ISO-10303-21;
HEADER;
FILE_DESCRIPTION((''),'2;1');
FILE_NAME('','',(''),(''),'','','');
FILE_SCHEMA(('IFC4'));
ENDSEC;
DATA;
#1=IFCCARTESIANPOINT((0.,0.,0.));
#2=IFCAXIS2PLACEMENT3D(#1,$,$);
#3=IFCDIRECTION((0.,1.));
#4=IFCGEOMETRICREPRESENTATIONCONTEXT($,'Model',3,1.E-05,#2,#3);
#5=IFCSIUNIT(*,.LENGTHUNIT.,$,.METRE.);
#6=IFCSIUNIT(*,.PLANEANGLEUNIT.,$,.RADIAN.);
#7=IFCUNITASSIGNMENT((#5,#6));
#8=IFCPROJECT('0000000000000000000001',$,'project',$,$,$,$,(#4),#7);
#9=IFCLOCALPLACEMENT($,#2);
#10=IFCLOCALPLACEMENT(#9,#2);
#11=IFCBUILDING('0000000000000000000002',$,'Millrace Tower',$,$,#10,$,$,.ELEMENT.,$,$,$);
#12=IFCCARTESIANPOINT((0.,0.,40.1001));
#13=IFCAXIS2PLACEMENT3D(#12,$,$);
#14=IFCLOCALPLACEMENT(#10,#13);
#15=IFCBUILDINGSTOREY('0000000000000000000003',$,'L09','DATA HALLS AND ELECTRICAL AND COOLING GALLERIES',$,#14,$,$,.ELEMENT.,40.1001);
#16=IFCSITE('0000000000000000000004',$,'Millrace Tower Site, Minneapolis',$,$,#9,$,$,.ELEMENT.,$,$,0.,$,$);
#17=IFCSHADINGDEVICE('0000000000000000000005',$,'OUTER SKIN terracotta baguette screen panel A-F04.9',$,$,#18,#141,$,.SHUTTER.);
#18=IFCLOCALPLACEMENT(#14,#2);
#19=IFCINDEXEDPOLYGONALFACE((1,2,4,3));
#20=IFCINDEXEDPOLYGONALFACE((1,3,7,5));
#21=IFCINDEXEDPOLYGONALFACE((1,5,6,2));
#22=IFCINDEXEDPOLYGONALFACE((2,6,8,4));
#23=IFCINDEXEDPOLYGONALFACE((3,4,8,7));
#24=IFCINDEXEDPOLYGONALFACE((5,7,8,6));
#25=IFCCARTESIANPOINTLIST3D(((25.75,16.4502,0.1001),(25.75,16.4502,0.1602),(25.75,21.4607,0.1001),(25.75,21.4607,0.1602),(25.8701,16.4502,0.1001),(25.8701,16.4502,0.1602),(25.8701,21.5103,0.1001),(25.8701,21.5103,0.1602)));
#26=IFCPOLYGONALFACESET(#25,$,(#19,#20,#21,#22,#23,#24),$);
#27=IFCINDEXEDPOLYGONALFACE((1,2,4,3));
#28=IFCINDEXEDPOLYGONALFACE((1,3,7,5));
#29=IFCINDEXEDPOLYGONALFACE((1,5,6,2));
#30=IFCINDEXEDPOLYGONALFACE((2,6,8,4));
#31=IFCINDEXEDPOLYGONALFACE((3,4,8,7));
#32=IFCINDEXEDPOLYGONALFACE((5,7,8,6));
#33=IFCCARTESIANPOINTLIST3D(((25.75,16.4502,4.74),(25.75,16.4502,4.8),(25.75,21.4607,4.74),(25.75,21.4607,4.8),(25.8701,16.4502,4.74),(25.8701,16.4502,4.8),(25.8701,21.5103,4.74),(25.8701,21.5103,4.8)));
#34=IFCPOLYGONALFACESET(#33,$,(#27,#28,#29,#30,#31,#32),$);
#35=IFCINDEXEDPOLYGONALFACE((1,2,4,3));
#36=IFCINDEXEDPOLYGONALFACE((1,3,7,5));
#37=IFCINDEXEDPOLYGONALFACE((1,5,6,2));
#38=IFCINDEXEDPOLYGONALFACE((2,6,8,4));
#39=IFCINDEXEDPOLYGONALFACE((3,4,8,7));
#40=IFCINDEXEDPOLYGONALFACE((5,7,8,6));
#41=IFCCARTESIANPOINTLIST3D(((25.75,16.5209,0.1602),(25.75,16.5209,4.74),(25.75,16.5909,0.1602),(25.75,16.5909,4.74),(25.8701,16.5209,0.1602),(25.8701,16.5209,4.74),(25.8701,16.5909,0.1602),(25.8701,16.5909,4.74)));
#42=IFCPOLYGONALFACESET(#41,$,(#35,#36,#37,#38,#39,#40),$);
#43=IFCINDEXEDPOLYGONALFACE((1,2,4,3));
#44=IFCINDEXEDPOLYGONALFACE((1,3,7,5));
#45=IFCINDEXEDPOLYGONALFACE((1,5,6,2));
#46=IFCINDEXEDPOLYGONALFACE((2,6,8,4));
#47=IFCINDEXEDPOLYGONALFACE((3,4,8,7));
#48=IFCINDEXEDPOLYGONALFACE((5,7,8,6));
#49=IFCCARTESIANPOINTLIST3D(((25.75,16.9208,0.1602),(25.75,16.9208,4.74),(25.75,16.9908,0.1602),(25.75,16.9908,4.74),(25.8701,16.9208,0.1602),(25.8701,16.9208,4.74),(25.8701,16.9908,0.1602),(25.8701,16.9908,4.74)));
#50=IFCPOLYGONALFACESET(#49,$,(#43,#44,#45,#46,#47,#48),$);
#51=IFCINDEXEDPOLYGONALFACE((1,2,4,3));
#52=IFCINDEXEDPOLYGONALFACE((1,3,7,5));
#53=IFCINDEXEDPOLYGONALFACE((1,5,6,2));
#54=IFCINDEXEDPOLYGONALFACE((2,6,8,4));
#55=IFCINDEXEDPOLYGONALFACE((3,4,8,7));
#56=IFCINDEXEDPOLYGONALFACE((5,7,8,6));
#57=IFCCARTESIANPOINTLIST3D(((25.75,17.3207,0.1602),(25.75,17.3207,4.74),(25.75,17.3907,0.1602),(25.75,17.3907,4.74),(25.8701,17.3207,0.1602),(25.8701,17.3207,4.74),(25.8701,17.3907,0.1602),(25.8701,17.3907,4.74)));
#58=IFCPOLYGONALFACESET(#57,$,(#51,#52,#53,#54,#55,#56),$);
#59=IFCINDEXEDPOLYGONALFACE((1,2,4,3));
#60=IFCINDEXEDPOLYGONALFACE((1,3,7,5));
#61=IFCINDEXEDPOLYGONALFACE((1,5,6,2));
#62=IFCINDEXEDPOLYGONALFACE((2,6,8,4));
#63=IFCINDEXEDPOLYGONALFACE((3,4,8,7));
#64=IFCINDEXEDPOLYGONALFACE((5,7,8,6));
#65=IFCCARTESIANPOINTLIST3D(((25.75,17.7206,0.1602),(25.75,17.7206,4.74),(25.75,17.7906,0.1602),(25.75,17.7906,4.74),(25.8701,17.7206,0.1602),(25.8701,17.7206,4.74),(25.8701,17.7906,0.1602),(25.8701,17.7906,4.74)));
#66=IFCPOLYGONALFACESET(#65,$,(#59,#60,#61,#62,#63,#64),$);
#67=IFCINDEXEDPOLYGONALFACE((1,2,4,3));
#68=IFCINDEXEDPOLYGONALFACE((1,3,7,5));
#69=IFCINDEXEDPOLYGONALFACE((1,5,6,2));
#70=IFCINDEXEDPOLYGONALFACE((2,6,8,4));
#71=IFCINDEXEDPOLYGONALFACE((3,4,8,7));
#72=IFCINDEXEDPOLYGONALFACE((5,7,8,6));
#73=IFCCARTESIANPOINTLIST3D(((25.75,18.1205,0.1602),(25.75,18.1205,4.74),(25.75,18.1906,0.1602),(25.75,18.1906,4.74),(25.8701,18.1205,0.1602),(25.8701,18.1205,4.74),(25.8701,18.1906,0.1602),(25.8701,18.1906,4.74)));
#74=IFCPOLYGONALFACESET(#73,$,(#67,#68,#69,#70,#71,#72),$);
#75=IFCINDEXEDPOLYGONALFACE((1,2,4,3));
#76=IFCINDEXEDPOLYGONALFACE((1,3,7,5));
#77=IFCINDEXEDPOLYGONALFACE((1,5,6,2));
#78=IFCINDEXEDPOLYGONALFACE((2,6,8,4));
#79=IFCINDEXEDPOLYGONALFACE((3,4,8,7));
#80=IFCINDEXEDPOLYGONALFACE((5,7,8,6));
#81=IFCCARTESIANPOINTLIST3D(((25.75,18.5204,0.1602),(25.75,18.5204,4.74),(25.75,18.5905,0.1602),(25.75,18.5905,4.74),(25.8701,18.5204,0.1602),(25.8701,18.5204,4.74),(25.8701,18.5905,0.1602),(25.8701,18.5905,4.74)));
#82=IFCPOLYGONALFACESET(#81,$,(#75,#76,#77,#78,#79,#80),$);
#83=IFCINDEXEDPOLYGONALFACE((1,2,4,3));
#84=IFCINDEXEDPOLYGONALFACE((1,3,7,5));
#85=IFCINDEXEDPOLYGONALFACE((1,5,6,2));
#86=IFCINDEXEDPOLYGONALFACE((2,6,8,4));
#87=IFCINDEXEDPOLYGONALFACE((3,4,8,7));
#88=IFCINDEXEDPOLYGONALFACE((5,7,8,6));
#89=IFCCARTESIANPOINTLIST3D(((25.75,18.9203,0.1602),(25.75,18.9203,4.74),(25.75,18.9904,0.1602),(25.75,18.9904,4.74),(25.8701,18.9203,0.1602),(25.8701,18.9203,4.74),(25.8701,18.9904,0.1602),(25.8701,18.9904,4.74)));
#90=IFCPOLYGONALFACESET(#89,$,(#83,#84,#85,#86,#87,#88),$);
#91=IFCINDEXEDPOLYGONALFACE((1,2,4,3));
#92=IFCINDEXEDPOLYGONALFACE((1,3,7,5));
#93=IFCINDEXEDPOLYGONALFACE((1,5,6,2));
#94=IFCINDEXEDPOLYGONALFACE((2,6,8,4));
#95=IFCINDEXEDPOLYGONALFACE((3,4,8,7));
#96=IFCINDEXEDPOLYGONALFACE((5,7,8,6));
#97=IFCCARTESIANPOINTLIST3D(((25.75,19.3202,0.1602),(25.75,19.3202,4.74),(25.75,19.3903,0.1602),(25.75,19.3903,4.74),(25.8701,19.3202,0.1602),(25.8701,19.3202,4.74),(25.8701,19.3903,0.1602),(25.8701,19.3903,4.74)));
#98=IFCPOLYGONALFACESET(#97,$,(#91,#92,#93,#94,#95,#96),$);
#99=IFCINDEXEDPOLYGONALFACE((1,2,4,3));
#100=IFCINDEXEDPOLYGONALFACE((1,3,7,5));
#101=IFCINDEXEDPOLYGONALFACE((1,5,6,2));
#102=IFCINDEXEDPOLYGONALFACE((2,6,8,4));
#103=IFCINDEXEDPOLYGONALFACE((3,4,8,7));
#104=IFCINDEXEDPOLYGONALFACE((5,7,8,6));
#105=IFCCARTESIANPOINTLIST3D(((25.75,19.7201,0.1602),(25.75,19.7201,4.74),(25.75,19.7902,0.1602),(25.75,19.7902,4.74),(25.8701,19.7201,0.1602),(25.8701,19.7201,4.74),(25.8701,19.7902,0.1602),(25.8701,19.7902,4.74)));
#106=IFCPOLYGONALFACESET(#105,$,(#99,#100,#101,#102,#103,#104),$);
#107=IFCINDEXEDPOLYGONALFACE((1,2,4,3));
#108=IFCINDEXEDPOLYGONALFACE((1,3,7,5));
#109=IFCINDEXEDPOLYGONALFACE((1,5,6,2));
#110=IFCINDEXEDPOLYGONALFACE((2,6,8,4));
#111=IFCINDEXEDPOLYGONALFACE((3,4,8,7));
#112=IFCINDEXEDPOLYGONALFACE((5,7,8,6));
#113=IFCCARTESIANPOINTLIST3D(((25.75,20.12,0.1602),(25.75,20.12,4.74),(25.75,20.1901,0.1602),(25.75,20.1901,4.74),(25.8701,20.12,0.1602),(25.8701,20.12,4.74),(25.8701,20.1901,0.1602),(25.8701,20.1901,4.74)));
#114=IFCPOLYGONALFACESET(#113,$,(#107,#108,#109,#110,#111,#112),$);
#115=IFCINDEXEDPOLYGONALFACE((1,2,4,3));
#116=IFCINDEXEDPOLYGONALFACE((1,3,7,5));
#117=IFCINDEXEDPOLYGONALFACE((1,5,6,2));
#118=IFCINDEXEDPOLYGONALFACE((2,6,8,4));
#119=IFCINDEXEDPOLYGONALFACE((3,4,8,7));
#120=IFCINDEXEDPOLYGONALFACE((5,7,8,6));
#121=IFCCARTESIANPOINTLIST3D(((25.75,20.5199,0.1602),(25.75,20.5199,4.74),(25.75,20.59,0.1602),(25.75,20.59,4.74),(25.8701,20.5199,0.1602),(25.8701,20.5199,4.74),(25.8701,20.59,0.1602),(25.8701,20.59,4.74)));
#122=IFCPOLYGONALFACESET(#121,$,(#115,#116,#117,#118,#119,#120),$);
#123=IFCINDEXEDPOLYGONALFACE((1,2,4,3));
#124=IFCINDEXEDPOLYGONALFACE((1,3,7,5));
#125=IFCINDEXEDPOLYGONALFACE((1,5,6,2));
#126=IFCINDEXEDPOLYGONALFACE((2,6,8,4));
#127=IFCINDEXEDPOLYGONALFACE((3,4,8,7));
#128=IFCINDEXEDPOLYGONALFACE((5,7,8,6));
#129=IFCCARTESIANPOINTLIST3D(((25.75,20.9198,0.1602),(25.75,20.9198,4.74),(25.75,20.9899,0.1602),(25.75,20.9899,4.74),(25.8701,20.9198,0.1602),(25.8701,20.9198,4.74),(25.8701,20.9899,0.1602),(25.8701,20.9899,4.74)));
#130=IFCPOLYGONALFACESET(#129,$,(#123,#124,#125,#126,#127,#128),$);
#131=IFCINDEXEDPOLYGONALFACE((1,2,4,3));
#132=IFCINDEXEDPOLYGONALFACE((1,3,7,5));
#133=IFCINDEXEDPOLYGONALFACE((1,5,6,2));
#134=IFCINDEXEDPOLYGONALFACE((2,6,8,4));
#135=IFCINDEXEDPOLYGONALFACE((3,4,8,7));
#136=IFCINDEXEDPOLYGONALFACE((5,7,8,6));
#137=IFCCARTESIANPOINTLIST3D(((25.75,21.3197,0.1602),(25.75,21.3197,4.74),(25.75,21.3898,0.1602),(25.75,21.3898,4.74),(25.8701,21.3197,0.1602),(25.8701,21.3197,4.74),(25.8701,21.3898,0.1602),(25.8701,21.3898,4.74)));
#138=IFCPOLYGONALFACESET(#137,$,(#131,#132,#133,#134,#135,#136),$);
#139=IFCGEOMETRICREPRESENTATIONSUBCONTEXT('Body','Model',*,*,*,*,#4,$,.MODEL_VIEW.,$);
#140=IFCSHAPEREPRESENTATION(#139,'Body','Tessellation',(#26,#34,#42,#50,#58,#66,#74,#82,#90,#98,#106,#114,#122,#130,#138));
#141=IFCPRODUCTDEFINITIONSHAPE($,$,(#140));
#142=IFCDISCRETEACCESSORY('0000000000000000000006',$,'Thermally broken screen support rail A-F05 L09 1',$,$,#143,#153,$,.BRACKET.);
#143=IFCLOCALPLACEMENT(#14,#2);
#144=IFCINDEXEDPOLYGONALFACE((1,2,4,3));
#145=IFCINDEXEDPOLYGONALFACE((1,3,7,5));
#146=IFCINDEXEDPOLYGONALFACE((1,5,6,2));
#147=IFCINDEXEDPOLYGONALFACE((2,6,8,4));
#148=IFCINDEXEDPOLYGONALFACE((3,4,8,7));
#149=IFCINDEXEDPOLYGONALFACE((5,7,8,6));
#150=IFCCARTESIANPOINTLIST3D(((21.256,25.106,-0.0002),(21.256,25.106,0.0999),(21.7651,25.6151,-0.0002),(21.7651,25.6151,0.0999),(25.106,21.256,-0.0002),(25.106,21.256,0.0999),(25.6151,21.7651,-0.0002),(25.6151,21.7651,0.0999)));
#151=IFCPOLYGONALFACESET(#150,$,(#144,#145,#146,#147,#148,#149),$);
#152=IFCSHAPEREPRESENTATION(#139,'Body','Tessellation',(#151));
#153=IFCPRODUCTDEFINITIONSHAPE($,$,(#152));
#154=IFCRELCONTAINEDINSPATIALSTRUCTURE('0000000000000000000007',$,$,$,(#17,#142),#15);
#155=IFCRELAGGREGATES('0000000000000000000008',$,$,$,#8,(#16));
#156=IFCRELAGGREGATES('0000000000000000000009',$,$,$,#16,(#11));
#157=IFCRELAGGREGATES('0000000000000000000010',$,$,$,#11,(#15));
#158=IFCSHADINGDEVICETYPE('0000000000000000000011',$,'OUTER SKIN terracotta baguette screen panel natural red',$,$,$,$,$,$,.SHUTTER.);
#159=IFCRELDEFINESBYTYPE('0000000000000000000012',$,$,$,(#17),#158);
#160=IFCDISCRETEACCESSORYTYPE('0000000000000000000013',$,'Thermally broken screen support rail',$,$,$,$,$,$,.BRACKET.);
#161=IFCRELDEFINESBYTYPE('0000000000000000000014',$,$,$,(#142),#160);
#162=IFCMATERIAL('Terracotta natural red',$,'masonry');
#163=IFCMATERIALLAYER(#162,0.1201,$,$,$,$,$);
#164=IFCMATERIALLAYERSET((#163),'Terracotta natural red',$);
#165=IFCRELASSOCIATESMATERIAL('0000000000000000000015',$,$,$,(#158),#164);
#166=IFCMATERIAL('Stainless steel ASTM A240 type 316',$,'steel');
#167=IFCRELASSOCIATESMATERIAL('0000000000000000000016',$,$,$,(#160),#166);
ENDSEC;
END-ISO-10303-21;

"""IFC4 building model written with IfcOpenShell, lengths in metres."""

from ifc_helpers import new_model, entity, si_unit, direction, frame, frame_2d, origin, origin_2d, place, context, subcontext, project, spatial, rectangle, extrude, source, transform, mapped, material, layer, layer_set, type_object, element, save


model = new_model("IFC4")

# Units and contexts
model_context = context("Model", 3, precision=1e-05, world=origin(), true_north=direction((0.0, 1.0)))
body_context = subcontext(model_context, "Body", "Model", "MODEL_VIEW")
ifc_project = project(units=[si_unit("LENGTHUNIT", "METRE"), si_unit("PLANEANGLEUNIT", "RADIAN")], contexts=[model_context])

# Site, building, storey
site_placement = place(None, origin())
site = spatial("IfcSite", under=ifc_project, at=site_placement, Name="Millrace Tower Site, Minneapolis", CompositionType="ELEMENT", RefElevation=0.0)
building_placement = place(site_placement, origin())
building = spatial("IfcBuilding", under=site, at=building_placement, Name="Millrace Tower", CompositionType="ELEMENT")
storey_placement = place(building_placement, frame((0.0, 0.0, 40.1001)))
storey = spatial("IfcBuildingStorey", under=building, at=storey_placement, Name="L09", Description="DATA HALLS AND ELECTRICAL AND COOLING GALLERIES", CompositionType="ELEMENT", Elevation=40.1001)

# Shading device
ifc_material_1 = material(Name="Terracotta natural red", Category="masonry")
ifc_layer_1 = layer(ifc_material_1, 0.1201)
ifc_layer_set_1 = layer_set([ifc_layer_1], Name="Terracotta natural red")
shading_device_type_1 = type_object("IfcShadingDeviceType", Name="OUTER SKIN terracotta baguette screen panel natural red", PredefinedType="SHUTTER", material=ifc_layer_set_1)
cartesian_point_1 = entity("IfcCartesianPoint", [-2.5176, 0.0601])
shared_polyline_1 = entity("IfcPolyline", [cartesian_point_1, entity("IfcCartesianPoint", [2.4929, 0.0601]), entity("IfcCartesianPoint", [2.5425, -0.0601]), entity("IfcCartesianPoint", [-2.5176, -0.0601]), cartesian_point_1])
shared_shape_1 = source(origin(), body_context, "Body", "SweptSolid", [
    entity("IfcExtrudedAreaSolid", entity("IfcArbitraryClosedProfileDef", "AREA", None, shared_polyline_1), entity("IfcAxis2Placement3D", entity("IfcCartesianPoint", [0.0, 0.0, 0.0])), entity("IfcDirection", [0.0, 0.0, 1.0]), 0.0601),
    entity("IfcExtrudedAreaSolid", entity("IfcArbitraryClosedProfileDef", "AREA", None, shared_polyline_1), entity("IfcAxis2Placement3D", entity("IfcCartesianPoint", [0.0, 0.0, 4.6399])), entity("IfcDirection", [0.0, 0.0, 1.0]), 0.0601),
    extrude(rectangle(XDim=0.0701, YDim=0.1201, at=frame_2d((-2.4119, 0.0))), frame((0.0, 0.0, 0.0601)), (0.0, 0.0, 1.0), 4.5798),
    extrude(rectangle(XDim=0.0701, YDim=0.1201, at=frame_2d((-2.012, 0.0))), frame((0.0, 0.0, 0.0601)), (0.0, 0.0, 1.0), 4.5798),
    extrude(rectangle(XDim=0.0701, YDim=0.1201, at=frame_2d((-1.6121, 0.0))), frame((0.0, 0.0, 0.0601)), (0.0, 0.0, 1.0), 4.5798),
    extrude(rectangle(XDim=0.0701, YDim=0.1201, at=frame_2d((-1.2122, 0.0))), frame((0.0, 0.0, 0.0601)), (0.0, 0.0, 1.0), 4.5798),
    extrude(rectangle(XDim=0.0701, YDim=0.1201, at=frame_2d((-0.8123, 0.0))), frame((0.0, 0.0, 0.0601)), (0.0, 0.0, 1.0), 4.5798),
    extrude(rectangle(XDim=0.0701, YDim=0.1201, at=frame_2d((-0.4124, 0.0))), frame((0.0, 0.0, 0.0601)), (0.0, 0.0, 1.0), 4.5798),
    extrude(rectangle(XDim=0.0701, YDim=0.1201, at=frame_2d((-0.0125, 0.0))), frame((0.0, 0.0, 0.0601)), (0.0, 0.0, 1.0), 4.5798),
    extrude(rectangle(XDim=0.0701, YDim=0.1201, at=frame_2d((0.3875, 0.0))), frame((0.0, 0.0, 0.0601)), (0.0, 0.0, 1.0), 4.5798),
    extrude(rectangle(XDim=0.0701, YDim=0.1201, at=frame_2d((0.7874, 0.0))), frame((0.0, 0.0, 0.0601)), (0.0, 0.0, 1.0), 4.5798),
    extrude(rectangle(XDim=0.0701, YDim=0.1201, at=frame_2d((1.1873, 0.0))), frame((0.0, 0.0, 0.0601)), (0.0, 0.0, 1.0), 4.5798),
    extrude(rectangle(XDim=0.0701, YDim=0.1201, at=frame_2d((1.5872, 0.0))), frame((0.0, 0.0, 0.0601)), (0.0, 0.0, 1.0), 4.5798),
    extrude(rectangle(XDim=0.0701, YDim=0.1201, at=frame_2d((1.9871, 0.0))), frame((0.0, 0.0, 0.0601)), (0.0, 0.0, 1.0), 4.5798),
    extrude(rectangle(XDim=0.0701, YDim=0.1201, at=frame_2d((2.387, 0.0))), frame((0.0, 0.0, 0.0601)), (0.0, 0.0, 1.0), 4.5798),
])
shading_device_1_placement = place(storey_placement, frame((25.8101, 18.9678, 0.1001), z_axis=(0.0, 0.0, 1.0), x_axis=(0.0, 1.0, 0.0)))
element("IfcShadingDevice", 1, at=shading_device_1_placement, inside=storey, type_object=shading_device_type_1, Name="OUTER SKIN terracotta baguette screen panel A-F04.9", PredefinedType="SHUTTER", context=body_context, shape_type="MappedRepresentation", body=[
    mapped(shared_shape_1, transform((0.0, 0.0, 0.0), scale=1.0)),
])

# Discrete accessory
ifc_material_2 = material(Name="Stainless steel ASTM A240 type 316", Category="steel")
discrete_accessory_type = type_object("IfcDiscreteAccessoryType", Name="Thermally broken screen support rail", PredefinedType="BRACKET", material=ifc_material_2)
discrete_accessory_placement = place(storey_placement, frame((23.4355, 23.4355, -0.0002), z_axis=(0.0, 0.0, 1.0), x_axis=(-0.707107, 0.707107, 0.0)))
element("IfcDiscreteAccessory", 2, at=discrete_accessory_placement, inside=storey, type_object=discrete_accessory_type, Name="Thermally broken screen support rail A-F05 L09 1", PredefinedType="BRACKET", context=body_context, shape_type="SweptSolid", body=[
    extrude(rectangle(XDim=5.4448, YDim=0.72, at=origin_2d()), origin(), (0.0, 0.0, 1.0), 0.1001),
])

save(model, "model.ifc")
